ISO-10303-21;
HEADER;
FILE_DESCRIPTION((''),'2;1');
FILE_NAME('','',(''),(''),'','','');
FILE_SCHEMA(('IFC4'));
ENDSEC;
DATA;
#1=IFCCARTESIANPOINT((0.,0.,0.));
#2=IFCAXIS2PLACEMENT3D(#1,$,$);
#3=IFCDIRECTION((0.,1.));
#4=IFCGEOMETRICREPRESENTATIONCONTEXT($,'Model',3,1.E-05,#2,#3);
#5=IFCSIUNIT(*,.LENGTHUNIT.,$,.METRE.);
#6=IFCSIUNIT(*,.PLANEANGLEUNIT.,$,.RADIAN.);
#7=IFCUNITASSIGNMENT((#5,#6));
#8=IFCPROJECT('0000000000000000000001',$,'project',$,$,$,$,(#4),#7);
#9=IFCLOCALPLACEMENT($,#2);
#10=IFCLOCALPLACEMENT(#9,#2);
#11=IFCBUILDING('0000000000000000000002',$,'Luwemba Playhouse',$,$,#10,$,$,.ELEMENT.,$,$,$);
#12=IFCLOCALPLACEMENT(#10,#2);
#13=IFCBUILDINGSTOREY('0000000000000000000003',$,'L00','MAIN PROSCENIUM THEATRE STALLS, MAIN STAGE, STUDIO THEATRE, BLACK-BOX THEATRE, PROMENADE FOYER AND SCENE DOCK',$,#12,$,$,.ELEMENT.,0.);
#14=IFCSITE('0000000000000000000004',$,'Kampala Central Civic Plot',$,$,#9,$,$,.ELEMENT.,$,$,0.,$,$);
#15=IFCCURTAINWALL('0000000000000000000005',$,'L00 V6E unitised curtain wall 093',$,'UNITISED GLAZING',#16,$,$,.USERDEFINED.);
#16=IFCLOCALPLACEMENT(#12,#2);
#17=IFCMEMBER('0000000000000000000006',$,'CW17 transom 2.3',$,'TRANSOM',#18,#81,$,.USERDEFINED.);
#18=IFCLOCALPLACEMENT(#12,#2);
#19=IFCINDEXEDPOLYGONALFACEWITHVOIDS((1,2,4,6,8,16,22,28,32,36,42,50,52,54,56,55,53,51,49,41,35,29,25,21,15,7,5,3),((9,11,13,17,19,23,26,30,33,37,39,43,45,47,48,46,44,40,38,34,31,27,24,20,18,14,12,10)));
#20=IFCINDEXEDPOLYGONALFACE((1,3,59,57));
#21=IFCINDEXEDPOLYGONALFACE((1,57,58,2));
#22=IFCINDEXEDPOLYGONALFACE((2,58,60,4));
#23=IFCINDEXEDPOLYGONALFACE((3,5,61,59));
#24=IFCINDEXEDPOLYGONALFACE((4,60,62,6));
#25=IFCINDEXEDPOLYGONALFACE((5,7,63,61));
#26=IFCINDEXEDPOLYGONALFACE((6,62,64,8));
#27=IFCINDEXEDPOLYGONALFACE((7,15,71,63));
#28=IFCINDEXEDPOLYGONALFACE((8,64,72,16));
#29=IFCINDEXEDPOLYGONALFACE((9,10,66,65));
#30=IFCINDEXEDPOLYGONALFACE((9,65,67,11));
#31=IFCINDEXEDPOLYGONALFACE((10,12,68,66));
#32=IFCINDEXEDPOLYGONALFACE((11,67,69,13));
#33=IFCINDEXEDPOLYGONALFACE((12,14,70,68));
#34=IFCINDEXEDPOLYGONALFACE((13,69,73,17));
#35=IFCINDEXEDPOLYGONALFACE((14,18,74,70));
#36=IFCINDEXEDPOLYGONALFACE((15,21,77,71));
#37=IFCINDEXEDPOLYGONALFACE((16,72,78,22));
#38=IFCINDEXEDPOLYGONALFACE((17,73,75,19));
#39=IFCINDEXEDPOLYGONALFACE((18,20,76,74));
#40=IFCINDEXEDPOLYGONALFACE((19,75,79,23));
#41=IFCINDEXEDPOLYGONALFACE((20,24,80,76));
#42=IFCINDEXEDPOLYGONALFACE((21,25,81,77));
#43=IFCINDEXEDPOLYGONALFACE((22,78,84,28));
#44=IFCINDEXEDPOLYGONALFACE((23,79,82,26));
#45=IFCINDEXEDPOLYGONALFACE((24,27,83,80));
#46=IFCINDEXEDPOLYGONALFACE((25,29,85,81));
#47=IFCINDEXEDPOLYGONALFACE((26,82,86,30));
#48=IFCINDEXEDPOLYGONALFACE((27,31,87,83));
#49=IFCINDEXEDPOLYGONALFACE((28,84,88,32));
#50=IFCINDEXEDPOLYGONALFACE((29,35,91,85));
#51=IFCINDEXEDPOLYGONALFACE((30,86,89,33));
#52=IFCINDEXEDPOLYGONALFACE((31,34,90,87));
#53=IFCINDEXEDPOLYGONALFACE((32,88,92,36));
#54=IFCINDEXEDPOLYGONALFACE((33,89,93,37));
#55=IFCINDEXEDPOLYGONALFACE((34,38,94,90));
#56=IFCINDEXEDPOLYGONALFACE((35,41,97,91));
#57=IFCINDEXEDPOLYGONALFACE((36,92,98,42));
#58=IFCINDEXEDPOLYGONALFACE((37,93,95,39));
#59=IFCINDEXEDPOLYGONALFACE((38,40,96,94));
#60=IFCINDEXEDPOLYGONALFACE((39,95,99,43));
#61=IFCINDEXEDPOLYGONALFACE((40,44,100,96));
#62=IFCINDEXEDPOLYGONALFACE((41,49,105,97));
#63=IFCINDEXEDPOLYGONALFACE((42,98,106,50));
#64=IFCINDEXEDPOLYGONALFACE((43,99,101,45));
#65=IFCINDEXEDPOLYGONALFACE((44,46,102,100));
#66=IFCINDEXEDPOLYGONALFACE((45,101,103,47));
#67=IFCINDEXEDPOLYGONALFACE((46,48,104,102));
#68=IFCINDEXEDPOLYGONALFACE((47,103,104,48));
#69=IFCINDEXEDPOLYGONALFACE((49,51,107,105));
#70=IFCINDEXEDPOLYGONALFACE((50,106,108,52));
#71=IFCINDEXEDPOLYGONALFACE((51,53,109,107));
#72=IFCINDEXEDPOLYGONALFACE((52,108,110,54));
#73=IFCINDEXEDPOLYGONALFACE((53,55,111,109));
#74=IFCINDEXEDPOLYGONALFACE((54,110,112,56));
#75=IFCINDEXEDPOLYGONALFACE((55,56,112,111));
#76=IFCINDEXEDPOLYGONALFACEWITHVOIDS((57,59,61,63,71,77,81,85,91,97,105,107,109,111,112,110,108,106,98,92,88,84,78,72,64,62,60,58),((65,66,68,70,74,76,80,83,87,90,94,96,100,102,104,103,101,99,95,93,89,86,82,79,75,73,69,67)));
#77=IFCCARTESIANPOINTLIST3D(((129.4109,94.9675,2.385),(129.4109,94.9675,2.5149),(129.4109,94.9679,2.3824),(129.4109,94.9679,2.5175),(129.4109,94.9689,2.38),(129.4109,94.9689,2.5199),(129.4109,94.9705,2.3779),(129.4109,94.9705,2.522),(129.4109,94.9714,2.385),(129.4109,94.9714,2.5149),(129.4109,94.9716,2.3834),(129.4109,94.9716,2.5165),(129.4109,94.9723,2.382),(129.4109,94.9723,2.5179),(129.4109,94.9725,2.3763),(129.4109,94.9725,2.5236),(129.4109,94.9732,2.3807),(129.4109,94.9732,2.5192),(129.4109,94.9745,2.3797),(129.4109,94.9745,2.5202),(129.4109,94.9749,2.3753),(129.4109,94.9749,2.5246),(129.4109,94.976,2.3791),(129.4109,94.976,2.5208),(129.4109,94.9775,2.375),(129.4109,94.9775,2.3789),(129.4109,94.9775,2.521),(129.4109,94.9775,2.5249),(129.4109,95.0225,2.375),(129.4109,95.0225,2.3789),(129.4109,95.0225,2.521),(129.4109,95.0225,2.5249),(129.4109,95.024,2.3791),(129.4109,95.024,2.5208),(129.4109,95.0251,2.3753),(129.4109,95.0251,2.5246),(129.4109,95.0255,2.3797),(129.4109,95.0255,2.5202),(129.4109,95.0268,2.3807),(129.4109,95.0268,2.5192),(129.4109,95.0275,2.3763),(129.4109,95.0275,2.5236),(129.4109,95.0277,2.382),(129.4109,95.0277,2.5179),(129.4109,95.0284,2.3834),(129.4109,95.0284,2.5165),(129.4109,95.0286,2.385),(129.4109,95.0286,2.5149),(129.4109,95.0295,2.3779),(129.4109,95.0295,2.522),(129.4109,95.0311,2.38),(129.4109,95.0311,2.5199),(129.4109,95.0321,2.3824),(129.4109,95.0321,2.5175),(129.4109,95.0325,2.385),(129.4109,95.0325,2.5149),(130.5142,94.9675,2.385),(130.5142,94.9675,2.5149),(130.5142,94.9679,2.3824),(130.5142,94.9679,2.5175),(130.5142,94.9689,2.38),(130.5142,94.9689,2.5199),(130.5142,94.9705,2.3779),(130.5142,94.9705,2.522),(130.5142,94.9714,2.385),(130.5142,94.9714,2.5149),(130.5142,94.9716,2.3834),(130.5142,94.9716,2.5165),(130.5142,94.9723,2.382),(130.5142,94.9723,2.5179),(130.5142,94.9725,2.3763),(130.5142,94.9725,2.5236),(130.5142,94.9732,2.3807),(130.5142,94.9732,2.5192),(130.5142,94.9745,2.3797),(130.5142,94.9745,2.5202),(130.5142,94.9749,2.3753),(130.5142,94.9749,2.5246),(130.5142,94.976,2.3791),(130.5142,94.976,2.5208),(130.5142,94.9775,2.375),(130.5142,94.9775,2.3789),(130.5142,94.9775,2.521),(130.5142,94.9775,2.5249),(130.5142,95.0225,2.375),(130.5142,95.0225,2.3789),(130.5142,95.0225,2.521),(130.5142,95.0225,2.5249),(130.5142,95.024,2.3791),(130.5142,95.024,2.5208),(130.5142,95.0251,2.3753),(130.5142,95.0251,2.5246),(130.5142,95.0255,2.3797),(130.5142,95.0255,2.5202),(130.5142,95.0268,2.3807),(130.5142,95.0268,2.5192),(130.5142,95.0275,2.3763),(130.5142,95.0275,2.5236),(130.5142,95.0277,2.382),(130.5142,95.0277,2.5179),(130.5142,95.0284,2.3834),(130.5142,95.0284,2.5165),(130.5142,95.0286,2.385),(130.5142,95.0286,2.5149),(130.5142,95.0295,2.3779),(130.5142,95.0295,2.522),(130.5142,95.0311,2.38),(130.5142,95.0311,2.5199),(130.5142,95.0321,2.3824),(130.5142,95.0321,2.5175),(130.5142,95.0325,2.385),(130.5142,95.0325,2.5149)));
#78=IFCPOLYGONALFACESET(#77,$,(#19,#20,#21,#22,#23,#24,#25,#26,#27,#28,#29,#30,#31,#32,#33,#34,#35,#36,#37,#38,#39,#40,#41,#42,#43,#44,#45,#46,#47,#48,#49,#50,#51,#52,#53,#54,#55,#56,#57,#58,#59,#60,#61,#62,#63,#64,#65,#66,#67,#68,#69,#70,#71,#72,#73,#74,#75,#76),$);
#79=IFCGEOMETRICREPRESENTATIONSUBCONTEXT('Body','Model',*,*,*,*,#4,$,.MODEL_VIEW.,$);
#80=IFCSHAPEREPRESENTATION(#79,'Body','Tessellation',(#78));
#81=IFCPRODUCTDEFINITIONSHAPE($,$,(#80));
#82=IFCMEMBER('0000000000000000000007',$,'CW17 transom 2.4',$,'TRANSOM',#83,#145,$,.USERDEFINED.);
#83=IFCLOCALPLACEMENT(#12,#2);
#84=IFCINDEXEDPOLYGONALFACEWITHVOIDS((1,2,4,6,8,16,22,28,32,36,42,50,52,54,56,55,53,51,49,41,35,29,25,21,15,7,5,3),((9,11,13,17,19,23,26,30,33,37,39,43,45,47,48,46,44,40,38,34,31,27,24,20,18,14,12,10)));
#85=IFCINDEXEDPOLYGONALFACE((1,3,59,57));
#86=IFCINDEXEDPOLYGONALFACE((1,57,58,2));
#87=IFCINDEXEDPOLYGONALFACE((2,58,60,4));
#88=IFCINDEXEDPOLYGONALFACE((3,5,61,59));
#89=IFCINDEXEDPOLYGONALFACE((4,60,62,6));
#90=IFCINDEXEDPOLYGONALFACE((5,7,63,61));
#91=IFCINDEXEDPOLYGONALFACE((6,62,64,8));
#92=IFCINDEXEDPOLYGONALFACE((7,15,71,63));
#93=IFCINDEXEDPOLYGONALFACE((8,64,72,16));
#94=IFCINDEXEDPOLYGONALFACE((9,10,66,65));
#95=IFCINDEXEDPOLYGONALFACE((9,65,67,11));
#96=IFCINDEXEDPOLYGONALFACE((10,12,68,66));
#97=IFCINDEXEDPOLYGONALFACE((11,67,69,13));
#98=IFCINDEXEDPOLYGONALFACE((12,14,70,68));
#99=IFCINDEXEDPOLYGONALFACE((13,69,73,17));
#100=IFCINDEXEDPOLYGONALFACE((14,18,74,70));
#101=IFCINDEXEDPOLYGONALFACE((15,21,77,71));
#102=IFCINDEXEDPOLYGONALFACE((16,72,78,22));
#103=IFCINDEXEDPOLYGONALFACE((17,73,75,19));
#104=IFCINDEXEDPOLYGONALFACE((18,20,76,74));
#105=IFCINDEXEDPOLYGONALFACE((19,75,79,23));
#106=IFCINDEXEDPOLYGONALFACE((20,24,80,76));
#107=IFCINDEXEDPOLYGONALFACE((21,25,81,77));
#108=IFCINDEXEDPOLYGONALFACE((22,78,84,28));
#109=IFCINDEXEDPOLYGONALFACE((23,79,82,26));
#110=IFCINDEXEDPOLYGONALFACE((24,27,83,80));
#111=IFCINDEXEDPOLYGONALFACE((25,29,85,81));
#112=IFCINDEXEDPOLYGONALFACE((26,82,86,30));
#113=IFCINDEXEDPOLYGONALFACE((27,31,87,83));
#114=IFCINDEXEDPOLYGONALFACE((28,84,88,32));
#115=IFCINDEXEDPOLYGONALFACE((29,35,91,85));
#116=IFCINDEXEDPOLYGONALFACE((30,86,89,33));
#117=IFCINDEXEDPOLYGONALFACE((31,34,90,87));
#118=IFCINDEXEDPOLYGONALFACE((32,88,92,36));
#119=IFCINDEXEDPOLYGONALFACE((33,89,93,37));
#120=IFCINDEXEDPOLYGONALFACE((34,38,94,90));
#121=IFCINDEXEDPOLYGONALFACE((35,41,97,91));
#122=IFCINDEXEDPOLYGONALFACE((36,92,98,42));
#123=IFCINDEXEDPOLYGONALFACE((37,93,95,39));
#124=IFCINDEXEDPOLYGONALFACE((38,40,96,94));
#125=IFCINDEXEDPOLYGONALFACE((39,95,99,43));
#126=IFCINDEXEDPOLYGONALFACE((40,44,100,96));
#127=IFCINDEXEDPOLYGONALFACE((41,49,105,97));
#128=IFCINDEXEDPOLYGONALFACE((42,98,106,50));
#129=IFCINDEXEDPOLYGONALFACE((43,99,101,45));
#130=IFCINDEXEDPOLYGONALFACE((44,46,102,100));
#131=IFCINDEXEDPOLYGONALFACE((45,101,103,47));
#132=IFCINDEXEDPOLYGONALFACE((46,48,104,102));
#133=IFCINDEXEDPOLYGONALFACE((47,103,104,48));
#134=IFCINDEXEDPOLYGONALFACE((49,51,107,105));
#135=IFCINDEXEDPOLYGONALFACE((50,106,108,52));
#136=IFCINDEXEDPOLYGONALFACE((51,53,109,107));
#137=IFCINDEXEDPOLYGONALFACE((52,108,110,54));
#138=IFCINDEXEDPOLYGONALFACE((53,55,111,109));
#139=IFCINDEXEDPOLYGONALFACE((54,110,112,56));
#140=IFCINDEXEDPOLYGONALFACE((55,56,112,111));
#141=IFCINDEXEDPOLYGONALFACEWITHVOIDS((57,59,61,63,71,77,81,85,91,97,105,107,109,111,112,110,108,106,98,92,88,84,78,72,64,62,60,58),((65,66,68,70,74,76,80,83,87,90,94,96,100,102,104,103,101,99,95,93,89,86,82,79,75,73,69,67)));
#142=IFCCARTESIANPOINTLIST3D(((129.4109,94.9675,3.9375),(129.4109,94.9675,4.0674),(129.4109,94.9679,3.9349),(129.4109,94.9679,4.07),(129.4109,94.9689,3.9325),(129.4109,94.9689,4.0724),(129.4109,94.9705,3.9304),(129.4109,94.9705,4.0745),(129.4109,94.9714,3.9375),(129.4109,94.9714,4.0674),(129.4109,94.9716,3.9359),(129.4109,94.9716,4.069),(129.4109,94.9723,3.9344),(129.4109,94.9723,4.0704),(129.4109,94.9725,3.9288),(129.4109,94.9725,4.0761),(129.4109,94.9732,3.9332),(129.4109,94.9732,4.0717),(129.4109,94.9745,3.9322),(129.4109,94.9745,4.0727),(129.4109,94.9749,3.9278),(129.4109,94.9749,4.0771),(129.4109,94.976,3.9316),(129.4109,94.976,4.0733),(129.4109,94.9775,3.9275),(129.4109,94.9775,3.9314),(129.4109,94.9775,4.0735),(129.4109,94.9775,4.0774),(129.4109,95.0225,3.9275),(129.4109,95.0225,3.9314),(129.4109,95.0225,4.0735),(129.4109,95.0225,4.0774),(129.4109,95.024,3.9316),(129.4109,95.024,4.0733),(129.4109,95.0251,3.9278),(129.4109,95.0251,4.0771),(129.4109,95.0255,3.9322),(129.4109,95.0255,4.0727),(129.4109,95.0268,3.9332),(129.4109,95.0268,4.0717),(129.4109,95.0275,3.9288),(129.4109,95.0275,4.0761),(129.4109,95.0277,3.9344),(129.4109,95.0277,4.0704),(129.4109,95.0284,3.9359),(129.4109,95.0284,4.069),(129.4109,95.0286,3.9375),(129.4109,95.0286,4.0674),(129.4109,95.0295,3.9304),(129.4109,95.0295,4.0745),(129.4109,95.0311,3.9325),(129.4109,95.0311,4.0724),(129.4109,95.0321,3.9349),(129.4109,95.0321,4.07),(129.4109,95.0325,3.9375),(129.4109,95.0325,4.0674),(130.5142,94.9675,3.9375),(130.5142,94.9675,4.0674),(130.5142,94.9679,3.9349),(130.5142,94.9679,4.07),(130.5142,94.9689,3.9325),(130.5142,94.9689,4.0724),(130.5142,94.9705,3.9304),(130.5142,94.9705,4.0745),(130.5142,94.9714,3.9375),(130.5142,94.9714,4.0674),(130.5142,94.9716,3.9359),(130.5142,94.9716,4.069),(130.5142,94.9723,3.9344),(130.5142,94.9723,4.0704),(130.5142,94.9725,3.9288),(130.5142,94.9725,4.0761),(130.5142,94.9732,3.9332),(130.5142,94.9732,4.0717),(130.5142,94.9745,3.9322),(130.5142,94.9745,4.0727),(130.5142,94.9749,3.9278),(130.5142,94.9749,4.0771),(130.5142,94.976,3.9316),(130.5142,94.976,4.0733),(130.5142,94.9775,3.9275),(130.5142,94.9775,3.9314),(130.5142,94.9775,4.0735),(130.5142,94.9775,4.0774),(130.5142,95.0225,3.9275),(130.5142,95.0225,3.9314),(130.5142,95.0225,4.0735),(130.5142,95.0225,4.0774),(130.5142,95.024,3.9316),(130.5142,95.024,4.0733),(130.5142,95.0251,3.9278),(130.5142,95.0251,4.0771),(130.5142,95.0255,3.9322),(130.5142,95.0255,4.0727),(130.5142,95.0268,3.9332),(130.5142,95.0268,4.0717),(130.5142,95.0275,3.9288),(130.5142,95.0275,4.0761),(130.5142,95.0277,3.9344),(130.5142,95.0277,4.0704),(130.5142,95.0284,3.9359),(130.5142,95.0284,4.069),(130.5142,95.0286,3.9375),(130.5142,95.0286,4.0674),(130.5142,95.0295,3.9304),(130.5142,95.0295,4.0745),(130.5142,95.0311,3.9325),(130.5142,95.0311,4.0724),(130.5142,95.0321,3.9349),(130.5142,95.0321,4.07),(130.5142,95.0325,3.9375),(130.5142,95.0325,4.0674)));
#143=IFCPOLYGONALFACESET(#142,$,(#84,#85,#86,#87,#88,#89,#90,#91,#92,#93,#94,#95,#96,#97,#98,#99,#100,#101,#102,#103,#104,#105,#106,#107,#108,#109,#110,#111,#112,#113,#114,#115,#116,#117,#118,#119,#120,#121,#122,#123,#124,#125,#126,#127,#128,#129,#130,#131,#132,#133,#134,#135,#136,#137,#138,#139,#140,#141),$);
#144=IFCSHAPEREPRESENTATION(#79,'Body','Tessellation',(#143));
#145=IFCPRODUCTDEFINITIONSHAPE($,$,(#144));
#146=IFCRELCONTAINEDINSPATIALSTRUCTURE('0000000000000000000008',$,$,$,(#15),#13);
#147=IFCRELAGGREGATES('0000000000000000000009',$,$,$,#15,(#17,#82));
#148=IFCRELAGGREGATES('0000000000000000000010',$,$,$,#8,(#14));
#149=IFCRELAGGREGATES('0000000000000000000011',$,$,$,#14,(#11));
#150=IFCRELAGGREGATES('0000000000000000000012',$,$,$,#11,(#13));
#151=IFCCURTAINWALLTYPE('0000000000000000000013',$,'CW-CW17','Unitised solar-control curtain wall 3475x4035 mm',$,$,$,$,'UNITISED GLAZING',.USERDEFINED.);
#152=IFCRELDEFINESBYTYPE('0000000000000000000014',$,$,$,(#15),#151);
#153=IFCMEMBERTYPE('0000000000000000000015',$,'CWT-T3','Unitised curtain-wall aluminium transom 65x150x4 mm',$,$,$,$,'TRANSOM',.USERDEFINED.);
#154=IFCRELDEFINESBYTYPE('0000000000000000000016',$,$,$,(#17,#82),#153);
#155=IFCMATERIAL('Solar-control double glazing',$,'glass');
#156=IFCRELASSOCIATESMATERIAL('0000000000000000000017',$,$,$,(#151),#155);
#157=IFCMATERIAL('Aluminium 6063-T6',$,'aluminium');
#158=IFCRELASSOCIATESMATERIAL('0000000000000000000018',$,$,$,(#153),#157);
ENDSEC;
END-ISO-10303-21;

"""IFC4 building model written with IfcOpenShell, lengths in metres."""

from ifc_helpers import new_model, si_unit, direction, frame, origin, origin_2d, place, context, subcontext, project, spatial, hollow_rectangle, extrude, material, material_profile, profile_set, type_object, element, aggregate, save


model = new_model("IFC4")

# Units and contexts
model_context = context("Model", 3, precision=1e-05, world=origin(), true_north=direction((0.0, 1.0)))
body_context = subcontext(model_context, "Body", "Model", "MODEL_VIEW")
ifc_project = project(units=[si_unit("LENGTHUNIT", "METRE"), si_unit("PLANEANGLEUNIT", "RADIAN")], contexts=[model_context])

# Site, building, storey
site_placement = place(None, origin())
site = spatial("IfcSite", under=ifc_project, at=site_placement, Name="Kampala Central Civic Plot", CompositionType="ELEMENT", RefElevation=0.0)
building_placement = place(site_placement, origin())
building = spatial("IfcBuilding", under=site, at=building_placement, Name="Luwemba Playhouse", CompositionType="ELEMENT")
storey_placement = place(building_placement, origin())
storey = spatial("IfcBuildingStorey", under=building, at=storey_placement, Name="L00", Description="MAIN PROSCENIUM THEATRE STALLS, MAIN STAGE, STUDIO THEATRE, BLACK-BOX THEATRE, PROMENADE FOYER AND SCENE DOCK", CompositionType="ELEMENT", Elevation=0.0)

# Curtain wall, members
ifc_material_1 = material(Name="Solar-control double glazing", Category="glass")
curtain_wall_type = type_object("IfcCurtainWallType", Name="CW-CW17", Description="Unitised solar-control curtain wall 3475x4035 mm", ElementType="UNITISED GLAZING", PredefinedType="USERDEFINED", material=ifc_material_1)
curtain_wall_placement = place(storey_placement, origin())
curtain_wall = element("IfcCurtainWall", 1, at=curtain_wall_placement, inside=storey, type_object=curtain_wall_type, Name="L00 V6E unitised curtain wall 093", ObjectType="UNITISED GLAZING", PredefinedType="USERDEFINED")
ifc_material_2 = material(Name="Aluminium 6063-T6", Category="aluminium")
ifc_material_profile_1 = material_profile(ifc_material_2, hollow_rectangle(XDim=0.0649, YDim=0.1499, WallThickness=0.0039, InnerFilletRadius=0.0061, OuterFilletRadius=0.01, at=origin_2d()))
ifc_profile_set_1 = profile_set([ifc_material_profile_1], Name="Aluminium 6063-T6")
member_type_1 = type_object("IfcMemberType", Name="CWT-T3", Description="Unitised curtain-wall aluminium transom 65x150x4 mm", ElementType="TRANSOM", PredefinedType="USERDEFINED", material=ifc_profile_set_1)
member_1_placement = place(storey_placement, frame((130.5142, 95.0, 2.45), z_axis=(-1.0, 0.0, 0.0), x_axis=(0.0, -1.0, 0.0)))
member_1 = element("IfcMember", 2, at=member_1_placement, type_object=member_type_1, Name="CW17 transom 2.3", ObjectType="TRANSOM", PredefinedType="USERDEFINED", context=body_context, shape_type="SweptSolid", body=[
    extrude(hollow_rectangle(XDim=0.0649, YDim=0.1499, WallThickness=0.0039, InnerFilletRadius=0.0061, OuterFilletRadius=0.01, at=origin_2d()), origin(), (0.0, 0.0, 1.0), 1.1033),
])
member_2_placement = place(storey_placement, frame((130.5142, 95.0, 4.0024), z_axis=(-1.0, 0.0, 0.0), x_axis=(0.0, -1.0, 0.0)))
member_2 = element("IfcMember", 3, at=member_2_placement, type_object=member_type_1, Name="CW17 transom 2.4", ObjectType="TRANSOM", PredefinedType="USERDEFINED", context=body_context, shape_type="SweptSolid", body=[
    extrude(hollow_rectangle(XDim=0.0649, YDim=0.1499, WallThickness=0.0039, InnerFilletRadius=0.0061, OuterFilletRadius=0.01, at=origin_2d()), origin(), (0.0, 0.0, 1.0), 1.1033),
])
aggregate(curtain_wall, [member_1, member_2])

save(model, "model.ifc")
